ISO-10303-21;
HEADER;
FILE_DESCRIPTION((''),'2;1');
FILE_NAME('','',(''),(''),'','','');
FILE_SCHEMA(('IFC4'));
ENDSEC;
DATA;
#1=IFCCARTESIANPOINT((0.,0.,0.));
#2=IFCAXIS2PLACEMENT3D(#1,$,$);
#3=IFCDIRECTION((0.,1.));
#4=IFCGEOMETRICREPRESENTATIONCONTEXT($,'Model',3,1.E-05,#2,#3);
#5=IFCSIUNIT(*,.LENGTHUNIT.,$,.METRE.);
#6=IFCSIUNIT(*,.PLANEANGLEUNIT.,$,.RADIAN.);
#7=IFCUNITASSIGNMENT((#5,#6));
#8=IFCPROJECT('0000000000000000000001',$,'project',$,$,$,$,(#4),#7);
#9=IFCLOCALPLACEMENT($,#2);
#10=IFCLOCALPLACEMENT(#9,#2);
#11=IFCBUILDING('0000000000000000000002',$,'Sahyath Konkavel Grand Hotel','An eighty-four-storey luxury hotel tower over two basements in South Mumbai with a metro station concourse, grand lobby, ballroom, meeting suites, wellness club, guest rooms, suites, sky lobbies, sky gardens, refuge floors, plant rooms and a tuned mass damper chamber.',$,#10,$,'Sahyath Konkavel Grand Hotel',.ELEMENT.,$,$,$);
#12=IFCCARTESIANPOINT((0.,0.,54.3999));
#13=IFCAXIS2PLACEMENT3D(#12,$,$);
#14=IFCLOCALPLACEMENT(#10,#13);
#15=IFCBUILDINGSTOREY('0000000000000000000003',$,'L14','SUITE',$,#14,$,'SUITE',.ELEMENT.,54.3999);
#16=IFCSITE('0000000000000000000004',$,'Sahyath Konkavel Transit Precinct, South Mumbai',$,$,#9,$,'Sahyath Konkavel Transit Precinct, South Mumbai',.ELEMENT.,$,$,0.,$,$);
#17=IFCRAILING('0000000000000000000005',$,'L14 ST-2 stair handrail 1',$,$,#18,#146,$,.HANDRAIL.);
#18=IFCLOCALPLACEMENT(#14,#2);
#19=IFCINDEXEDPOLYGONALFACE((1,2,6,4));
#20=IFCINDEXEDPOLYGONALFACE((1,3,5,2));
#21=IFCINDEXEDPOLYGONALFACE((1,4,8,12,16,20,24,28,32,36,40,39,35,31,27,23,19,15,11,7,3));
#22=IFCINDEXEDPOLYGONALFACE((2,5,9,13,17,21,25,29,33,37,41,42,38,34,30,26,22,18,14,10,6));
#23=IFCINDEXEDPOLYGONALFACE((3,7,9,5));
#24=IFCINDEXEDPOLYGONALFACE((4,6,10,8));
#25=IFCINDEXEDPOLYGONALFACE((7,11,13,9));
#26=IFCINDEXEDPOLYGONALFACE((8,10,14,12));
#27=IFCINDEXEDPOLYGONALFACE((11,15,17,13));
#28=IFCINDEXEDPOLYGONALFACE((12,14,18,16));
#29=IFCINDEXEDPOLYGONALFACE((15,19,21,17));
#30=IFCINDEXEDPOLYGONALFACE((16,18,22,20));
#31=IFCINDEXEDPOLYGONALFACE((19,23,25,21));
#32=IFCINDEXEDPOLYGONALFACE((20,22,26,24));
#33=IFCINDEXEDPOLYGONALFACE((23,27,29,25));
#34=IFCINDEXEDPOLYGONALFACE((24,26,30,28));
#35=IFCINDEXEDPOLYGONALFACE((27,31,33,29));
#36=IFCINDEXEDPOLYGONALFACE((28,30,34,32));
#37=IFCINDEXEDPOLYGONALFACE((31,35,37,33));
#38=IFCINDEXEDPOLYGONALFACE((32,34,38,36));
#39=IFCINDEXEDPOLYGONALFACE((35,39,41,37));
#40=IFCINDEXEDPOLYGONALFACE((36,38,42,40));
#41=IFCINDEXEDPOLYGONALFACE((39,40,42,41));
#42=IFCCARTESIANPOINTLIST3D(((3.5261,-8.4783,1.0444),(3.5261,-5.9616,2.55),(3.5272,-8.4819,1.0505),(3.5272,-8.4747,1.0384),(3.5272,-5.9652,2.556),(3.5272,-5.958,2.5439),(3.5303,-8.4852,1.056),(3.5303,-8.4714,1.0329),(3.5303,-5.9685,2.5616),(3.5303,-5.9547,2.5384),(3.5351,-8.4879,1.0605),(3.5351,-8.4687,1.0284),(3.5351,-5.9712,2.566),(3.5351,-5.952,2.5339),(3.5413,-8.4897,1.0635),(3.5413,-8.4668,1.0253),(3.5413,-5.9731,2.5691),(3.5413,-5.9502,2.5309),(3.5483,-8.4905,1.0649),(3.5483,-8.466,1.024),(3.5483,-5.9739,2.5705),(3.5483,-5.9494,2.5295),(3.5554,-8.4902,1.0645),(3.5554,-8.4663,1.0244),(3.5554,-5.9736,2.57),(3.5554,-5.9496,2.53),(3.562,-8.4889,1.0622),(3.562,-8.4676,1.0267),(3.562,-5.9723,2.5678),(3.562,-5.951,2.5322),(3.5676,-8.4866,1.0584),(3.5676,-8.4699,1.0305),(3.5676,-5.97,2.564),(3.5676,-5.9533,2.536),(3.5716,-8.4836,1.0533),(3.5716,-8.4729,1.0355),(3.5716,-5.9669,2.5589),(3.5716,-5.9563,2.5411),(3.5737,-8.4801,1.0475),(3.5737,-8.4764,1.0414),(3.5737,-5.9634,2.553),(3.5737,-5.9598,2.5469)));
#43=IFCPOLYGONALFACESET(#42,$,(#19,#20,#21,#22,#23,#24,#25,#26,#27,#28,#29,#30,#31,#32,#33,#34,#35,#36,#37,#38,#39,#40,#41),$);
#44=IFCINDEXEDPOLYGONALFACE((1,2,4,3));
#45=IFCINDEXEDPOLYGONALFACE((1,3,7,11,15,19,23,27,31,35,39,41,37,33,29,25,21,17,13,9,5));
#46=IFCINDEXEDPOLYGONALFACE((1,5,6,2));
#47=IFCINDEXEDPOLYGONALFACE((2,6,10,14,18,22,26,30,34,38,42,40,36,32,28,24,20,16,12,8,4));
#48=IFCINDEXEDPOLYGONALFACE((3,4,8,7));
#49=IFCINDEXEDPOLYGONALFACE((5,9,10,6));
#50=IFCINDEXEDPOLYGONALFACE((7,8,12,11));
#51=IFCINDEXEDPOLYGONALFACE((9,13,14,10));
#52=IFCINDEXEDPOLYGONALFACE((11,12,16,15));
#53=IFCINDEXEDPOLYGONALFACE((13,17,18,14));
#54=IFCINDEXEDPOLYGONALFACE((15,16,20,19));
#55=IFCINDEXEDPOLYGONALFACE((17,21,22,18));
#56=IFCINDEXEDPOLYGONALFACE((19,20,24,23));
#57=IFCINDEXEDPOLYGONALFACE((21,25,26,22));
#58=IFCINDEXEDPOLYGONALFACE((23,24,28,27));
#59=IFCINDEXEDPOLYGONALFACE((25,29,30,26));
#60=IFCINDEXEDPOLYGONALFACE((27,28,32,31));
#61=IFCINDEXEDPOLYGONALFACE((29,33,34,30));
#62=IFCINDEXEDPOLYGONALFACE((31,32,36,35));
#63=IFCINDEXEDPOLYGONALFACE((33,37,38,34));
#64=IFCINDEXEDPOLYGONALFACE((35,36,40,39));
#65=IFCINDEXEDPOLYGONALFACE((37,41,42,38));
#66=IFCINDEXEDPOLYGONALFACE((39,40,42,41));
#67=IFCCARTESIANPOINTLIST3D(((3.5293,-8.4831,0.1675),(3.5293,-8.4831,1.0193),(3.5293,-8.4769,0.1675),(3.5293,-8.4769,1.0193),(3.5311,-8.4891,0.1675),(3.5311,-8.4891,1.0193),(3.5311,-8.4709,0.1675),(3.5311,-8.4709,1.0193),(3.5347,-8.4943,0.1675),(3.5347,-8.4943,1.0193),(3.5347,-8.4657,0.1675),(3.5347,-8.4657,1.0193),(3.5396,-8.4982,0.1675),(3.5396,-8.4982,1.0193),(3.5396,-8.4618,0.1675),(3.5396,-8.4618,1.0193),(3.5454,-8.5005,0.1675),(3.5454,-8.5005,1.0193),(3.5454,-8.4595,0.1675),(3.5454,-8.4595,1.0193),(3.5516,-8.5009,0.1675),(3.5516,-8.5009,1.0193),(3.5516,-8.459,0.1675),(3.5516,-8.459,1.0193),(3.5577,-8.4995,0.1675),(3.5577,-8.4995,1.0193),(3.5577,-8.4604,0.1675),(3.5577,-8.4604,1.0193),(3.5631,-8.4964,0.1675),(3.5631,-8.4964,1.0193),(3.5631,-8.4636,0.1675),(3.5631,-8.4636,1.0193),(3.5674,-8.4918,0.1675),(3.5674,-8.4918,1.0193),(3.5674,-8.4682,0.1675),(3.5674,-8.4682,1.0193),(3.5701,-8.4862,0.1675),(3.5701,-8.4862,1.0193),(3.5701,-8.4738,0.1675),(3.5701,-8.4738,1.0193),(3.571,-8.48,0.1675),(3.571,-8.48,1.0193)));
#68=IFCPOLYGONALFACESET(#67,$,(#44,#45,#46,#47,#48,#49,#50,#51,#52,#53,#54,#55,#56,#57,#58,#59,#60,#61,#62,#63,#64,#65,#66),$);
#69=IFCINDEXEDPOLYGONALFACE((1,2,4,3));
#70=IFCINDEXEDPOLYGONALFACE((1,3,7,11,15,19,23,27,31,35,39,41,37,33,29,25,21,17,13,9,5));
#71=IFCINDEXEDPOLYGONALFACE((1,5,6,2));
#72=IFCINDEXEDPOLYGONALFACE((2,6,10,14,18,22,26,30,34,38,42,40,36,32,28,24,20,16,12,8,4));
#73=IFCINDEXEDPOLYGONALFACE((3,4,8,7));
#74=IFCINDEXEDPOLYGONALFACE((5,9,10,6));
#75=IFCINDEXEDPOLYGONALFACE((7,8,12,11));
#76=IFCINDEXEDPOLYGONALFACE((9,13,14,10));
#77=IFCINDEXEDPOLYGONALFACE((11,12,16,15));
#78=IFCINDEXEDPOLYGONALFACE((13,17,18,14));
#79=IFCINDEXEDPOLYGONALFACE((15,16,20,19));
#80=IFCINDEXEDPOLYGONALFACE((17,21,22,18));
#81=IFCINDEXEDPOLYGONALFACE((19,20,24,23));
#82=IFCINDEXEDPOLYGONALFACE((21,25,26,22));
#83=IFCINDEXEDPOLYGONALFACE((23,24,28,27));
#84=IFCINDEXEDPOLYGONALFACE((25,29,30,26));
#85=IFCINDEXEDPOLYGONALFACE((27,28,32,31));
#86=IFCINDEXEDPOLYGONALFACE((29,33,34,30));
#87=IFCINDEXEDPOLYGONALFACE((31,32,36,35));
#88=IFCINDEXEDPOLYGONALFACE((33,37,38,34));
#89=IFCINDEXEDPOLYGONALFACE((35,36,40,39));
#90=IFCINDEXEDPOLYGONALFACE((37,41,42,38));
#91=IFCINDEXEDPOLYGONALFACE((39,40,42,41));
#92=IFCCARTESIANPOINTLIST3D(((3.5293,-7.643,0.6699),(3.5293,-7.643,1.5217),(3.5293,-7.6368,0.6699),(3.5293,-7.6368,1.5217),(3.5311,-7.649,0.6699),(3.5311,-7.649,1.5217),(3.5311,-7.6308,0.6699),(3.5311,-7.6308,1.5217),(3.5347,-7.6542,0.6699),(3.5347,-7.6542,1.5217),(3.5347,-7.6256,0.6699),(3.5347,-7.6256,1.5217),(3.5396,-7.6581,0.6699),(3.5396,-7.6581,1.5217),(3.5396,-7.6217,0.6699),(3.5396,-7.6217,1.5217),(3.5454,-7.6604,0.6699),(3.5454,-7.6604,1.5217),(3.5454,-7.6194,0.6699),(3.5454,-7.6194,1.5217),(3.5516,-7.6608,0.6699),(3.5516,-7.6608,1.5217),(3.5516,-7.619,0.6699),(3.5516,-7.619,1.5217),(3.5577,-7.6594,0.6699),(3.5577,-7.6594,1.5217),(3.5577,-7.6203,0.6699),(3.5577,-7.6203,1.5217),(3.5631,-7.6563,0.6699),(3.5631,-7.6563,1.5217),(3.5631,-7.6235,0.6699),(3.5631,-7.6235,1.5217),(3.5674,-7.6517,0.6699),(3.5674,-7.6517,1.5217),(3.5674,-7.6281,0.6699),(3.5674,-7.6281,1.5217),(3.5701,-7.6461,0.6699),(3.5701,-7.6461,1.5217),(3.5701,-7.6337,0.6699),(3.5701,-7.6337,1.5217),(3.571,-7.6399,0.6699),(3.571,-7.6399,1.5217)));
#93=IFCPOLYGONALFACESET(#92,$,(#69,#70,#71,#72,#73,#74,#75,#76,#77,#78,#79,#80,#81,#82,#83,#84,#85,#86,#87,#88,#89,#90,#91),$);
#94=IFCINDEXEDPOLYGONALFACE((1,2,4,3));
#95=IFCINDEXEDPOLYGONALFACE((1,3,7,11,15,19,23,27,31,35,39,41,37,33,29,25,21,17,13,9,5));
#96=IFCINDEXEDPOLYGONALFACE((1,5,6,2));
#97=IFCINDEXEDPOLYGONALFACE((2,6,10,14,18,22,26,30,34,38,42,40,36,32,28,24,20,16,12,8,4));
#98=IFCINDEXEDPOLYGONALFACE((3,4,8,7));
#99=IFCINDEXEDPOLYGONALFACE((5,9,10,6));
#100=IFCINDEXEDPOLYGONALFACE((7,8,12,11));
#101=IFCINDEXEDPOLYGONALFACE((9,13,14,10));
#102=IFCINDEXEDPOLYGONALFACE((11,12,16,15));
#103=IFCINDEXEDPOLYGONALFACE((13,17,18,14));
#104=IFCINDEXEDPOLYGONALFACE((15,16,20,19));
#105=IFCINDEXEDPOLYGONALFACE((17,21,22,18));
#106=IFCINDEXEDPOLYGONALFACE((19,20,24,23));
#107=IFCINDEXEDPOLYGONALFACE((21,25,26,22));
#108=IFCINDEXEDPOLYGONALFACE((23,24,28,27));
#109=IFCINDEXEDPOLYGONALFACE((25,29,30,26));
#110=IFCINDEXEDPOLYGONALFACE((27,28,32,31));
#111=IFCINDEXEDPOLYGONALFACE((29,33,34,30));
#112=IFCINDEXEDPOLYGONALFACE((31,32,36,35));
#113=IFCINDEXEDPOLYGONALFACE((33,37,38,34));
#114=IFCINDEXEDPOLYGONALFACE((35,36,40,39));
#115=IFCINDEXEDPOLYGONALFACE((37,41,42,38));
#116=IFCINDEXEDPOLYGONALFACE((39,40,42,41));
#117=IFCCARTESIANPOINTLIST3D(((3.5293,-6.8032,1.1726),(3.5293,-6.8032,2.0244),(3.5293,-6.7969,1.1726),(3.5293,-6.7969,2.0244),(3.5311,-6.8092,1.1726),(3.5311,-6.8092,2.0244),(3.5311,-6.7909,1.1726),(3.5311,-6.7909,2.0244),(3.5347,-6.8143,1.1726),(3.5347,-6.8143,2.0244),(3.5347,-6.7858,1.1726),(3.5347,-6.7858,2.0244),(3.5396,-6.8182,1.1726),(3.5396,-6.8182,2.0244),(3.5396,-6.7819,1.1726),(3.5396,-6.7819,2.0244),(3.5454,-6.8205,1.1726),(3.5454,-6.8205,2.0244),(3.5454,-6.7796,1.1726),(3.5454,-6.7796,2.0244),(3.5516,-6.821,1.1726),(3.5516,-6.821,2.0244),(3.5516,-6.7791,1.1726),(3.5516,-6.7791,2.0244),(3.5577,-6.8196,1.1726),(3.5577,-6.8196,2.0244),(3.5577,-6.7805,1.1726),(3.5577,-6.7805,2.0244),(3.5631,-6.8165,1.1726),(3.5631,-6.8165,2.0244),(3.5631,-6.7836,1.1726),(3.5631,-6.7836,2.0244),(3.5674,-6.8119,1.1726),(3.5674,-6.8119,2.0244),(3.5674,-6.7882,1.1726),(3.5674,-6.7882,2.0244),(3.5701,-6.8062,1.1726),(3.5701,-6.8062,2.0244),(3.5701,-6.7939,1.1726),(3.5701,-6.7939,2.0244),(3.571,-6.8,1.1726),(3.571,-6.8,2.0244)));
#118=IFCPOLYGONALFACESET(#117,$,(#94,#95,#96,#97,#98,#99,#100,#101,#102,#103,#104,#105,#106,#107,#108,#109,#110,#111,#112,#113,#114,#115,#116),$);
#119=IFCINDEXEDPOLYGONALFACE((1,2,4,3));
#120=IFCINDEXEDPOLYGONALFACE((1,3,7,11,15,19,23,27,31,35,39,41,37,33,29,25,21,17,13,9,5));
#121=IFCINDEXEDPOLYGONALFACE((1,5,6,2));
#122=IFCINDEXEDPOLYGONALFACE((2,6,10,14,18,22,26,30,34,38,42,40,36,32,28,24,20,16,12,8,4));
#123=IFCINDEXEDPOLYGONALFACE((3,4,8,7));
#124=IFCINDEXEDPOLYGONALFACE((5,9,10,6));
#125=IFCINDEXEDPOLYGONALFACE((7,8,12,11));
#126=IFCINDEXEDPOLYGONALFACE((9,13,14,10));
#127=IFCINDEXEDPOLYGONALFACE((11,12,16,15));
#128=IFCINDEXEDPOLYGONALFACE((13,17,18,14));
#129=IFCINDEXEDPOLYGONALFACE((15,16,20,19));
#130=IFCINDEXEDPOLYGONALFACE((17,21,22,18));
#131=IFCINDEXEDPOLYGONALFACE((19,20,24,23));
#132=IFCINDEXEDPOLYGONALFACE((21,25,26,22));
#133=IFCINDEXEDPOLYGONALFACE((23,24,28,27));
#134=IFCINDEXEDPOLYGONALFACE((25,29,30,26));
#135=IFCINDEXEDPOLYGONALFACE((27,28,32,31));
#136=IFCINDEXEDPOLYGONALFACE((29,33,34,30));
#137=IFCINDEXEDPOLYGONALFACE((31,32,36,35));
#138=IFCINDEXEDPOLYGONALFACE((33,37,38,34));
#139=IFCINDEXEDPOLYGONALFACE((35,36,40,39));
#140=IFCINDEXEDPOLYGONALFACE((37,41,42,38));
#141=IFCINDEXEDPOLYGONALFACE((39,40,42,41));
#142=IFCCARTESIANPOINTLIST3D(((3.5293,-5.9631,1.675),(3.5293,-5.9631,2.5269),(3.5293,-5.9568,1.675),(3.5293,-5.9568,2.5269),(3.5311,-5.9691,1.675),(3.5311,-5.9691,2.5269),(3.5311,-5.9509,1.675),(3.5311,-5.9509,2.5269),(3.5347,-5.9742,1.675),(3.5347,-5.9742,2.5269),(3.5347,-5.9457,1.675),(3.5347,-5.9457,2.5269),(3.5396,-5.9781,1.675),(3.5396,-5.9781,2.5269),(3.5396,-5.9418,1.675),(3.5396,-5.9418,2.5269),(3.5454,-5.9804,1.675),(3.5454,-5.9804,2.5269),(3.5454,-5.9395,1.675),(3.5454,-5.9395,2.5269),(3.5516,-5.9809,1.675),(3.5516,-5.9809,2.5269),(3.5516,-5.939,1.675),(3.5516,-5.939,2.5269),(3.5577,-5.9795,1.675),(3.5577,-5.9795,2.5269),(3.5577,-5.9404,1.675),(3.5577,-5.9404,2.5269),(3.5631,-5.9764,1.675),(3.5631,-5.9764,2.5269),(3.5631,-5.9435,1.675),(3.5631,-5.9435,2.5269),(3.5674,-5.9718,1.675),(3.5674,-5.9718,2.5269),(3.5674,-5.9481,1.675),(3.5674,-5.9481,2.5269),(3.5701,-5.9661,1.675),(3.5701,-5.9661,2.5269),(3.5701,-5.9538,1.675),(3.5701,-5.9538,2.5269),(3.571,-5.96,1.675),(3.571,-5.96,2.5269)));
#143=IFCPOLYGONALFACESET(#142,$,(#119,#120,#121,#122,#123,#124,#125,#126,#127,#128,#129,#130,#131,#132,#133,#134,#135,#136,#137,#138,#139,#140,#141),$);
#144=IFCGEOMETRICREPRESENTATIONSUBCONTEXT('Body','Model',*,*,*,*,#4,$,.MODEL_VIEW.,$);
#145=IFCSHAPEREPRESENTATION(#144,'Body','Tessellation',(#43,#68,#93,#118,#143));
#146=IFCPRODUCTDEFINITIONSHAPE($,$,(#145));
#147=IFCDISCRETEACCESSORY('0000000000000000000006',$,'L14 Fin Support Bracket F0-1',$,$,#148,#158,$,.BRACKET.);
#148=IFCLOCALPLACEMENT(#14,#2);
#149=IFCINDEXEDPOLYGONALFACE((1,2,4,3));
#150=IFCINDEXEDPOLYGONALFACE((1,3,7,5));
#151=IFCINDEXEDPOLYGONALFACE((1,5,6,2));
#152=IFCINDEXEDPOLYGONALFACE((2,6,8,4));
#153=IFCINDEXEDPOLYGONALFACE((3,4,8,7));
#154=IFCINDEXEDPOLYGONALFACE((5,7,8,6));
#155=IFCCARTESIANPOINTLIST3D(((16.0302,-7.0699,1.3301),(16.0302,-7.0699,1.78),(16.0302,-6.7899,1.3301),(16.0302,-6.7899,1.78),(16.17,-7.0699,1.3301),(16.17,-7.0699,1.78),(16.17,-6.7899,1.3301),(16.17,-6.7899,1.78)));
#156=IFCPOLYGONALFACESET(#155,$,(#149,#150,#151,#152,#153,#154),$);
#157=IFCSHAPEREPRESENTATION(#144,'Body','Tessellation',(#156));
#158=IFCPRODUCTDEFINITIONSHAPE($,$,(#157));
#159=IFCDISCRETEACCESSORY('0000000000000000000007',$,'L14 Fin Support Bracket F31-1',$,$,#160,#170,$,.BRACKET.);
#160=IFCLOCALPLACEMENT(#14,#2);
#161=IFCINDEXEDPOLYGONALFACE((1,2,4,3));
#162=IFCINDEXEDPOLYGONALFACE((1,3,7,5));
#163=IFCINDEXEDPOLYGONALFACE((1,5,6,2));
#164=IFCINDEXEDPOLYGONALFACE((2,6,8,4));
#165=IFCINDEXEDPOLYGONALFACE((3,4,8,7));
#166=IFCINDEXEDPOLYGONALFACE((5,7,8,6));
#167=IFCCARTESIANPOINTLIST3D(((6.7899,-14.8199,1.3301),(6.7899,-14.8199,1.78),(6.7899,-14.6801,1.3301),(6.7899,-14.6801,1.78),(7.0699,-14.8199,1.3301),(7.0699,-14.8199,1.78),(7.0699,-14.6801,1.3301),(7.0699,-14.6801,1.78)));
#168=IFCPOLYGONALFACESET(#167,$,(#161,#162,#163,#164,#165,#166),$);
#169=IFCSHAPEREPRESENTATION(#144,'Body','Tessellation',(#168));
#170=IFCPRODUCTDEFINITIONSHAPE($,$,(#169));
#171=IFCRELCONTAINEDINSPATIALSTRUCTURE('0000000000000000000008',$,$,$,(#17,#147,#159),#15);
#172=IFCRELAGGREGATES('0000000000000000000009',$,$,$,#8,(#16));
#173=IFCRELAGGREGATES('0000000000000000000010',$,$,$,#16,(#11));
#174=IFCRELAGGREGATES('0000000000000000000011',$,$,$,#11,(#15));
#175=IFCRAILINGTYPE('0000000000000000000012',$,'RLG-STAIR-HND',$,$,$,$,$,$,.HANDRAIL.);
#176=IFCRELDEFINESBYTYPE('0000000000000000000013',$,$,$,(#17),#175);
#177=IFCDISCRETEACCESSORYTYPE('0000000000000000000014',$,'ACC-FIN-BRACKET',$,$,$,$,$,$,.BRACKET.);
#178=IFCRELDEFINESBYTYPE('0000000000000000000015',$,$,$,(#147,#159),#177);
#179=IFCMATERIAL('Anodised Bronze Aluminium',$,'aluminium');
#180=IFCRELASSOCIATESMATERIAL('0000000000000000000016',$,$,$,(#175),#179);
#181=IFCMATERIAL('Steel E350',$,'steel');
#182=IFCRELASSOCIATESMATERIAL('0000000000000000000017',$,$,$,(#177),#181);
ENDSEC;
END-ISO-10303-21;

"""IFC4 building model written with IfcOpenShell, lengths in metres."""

from ifc_helpers import new_model, si_unit, direction, frame, origin, origin_2d, place, context, subcontext, project, spatial, rectangle, circle, extrude, source, transform, mapped, material, type_object, element, save


model = new_model("IFC4")

# Units and contexts
model_context = context("Model", 3, precision=1e-05, world=origin(), true_north=direction((0.0, 1.0)))
body_context = subcontext(model_context, "Body", "Model", "MODEL_VIEW")
ifc_project = project(units=[si_unit("LENGTHUNIT", "METRE"), si_unit("PLANEANGLEUNIT", "RADIAN")], contexts=[model_context])

# Site, building, storey
site_placement = place(None, origin())
site = spatial("IfcSite", under=ifc_project, at=site_placement, Name="Sahyath Konkavel Transit Precinct, South Mumbai", LongName="Sahyath Konkavel Transit Precinct, South Mumbai", CompositionType="ELEMENT", RefElevation=0.0)
building_placement = place(site_placement, origin())
building = spatial("IfcBuilding", under=site, at=building_placement, Name="Sahyath Konkavel Grand Hotel", Description="An eighty-four-storey luxury hotel tower over two basements in South Mumbai with a metro station concourse, grand lobby, ballroom, meeting suites, wellness club, guest rooms, suites, sky lobbies, sky gardens, refuge floors, plant rooms and a tuned mass damper chamber.", LongName="Sahyath Konkavel Grand Hotel", CompositionType="ELEMENT")
storey_placement = place(building_placement, frame((0.0, 0.0, 54.3999)))
storey = spatial("IfcBuildingStorey", under=building, at=storey_placement, Name="L14", Description="SUITE", LongName="SUITE", CompositionType="ELEMENT", Elevation=54.3999)

# Shared definitions
ifc_material_1 = material(Name="Steel E350", Category="steel")

# Shared definitions
ifc_material_2 = material(Name="Anodised Bronze Aluminium", Category="aluminium")

# Railing
railing_type_1 = type_object("IfcRailingType", Name="RLG-STAIR-HND", PredefinedType="HANDRAIL", material=ifc_material_2)
railing_1_placement = place(storey_placement, frame((3.55, -8.48, 0.1675)))
element("IfcRailing", 1, at=railing_1_placement, inside=storey, type_object=railing_type_1, Name="L14 ST-2 stair handrail 1", PredefinedType="HANDRAIL", context=body_context, shape_type="SweptSolid", body=[
    extrude(circle(Radius=0.0239, at=origin_2d()), frame((0.0, 0.0017, 0.877), z_axis=(0.0, 0.85816, 0.513383), x_axis=(-1.0, 0.0, 0.0)), (0.0, 0.0, 1.0), 2.9326),
    extrude(circle(Radius=0.021, at=origin_2d()), origin(), (0.0, 0.0, 1.0), 0.8518),
    extrude(circle(Radius=0.021, at=origin_2d()), frame((0.0, 0.8401, 0.5024)), (0.0, 0.0, 1.0), 0.8518),
    extrude(circle(Radius=0.021, at=origin_2d()), frame((0.0, 1.6799, 1.0051)), (0.0, 0.0, 1.0), 0.8518),
    extrude(circle(Radius=0.021, at=origin_2d()), frame((0.0, 2.52, 1.5076)), (0.0, 0.0, 1.0), 0.8518),
])

# Discrete accessories
discrete_accessory_type = type_object("IfcDiscreteAccessoryType", Name="ACC-FIN-BRACKET", PredefinedType="BRACKET", material=ifc_material_1)
shared_shape_1 = source(origin(), body_context, "Body", "SweptSolid", [
    extrude(rectangle(XDim=0.28, YDim=0.1399, at=origin_2d()), origin(), (0.0, 0.0, 1.0), 0.45),
])
for number, where, z_axis, x_axis, name in (
    (2, (16.1001, -6.9299, 1.3301), (0.0, 0.0, 1.0), (0.0, -1.0, 0.0), "L14 Fin Support Bracket F0-1"),
    (3, (6.9299, -14.75, 1.3301), (0.0, 0.0, 1.0), (1.0, 0.0, 0.0), "L14 Fin Support Bracket F31-1"),
):
    element("IfcDiscreteAccessory", number, at=place(storey_placement, frame(where, z_axis=z_axis, x_axis=x_axis)), inside=storey, type_object=discrete_accessory_type, Name=name, PredefinedType="BRACKET", context=body_context, shape_type="MappedRepresentation", body=[
        mapped(shared_shape_1, transform((0.0, 0.0, 0.0), scale=1.0)),
    ])

save(model, "model.ifc")
